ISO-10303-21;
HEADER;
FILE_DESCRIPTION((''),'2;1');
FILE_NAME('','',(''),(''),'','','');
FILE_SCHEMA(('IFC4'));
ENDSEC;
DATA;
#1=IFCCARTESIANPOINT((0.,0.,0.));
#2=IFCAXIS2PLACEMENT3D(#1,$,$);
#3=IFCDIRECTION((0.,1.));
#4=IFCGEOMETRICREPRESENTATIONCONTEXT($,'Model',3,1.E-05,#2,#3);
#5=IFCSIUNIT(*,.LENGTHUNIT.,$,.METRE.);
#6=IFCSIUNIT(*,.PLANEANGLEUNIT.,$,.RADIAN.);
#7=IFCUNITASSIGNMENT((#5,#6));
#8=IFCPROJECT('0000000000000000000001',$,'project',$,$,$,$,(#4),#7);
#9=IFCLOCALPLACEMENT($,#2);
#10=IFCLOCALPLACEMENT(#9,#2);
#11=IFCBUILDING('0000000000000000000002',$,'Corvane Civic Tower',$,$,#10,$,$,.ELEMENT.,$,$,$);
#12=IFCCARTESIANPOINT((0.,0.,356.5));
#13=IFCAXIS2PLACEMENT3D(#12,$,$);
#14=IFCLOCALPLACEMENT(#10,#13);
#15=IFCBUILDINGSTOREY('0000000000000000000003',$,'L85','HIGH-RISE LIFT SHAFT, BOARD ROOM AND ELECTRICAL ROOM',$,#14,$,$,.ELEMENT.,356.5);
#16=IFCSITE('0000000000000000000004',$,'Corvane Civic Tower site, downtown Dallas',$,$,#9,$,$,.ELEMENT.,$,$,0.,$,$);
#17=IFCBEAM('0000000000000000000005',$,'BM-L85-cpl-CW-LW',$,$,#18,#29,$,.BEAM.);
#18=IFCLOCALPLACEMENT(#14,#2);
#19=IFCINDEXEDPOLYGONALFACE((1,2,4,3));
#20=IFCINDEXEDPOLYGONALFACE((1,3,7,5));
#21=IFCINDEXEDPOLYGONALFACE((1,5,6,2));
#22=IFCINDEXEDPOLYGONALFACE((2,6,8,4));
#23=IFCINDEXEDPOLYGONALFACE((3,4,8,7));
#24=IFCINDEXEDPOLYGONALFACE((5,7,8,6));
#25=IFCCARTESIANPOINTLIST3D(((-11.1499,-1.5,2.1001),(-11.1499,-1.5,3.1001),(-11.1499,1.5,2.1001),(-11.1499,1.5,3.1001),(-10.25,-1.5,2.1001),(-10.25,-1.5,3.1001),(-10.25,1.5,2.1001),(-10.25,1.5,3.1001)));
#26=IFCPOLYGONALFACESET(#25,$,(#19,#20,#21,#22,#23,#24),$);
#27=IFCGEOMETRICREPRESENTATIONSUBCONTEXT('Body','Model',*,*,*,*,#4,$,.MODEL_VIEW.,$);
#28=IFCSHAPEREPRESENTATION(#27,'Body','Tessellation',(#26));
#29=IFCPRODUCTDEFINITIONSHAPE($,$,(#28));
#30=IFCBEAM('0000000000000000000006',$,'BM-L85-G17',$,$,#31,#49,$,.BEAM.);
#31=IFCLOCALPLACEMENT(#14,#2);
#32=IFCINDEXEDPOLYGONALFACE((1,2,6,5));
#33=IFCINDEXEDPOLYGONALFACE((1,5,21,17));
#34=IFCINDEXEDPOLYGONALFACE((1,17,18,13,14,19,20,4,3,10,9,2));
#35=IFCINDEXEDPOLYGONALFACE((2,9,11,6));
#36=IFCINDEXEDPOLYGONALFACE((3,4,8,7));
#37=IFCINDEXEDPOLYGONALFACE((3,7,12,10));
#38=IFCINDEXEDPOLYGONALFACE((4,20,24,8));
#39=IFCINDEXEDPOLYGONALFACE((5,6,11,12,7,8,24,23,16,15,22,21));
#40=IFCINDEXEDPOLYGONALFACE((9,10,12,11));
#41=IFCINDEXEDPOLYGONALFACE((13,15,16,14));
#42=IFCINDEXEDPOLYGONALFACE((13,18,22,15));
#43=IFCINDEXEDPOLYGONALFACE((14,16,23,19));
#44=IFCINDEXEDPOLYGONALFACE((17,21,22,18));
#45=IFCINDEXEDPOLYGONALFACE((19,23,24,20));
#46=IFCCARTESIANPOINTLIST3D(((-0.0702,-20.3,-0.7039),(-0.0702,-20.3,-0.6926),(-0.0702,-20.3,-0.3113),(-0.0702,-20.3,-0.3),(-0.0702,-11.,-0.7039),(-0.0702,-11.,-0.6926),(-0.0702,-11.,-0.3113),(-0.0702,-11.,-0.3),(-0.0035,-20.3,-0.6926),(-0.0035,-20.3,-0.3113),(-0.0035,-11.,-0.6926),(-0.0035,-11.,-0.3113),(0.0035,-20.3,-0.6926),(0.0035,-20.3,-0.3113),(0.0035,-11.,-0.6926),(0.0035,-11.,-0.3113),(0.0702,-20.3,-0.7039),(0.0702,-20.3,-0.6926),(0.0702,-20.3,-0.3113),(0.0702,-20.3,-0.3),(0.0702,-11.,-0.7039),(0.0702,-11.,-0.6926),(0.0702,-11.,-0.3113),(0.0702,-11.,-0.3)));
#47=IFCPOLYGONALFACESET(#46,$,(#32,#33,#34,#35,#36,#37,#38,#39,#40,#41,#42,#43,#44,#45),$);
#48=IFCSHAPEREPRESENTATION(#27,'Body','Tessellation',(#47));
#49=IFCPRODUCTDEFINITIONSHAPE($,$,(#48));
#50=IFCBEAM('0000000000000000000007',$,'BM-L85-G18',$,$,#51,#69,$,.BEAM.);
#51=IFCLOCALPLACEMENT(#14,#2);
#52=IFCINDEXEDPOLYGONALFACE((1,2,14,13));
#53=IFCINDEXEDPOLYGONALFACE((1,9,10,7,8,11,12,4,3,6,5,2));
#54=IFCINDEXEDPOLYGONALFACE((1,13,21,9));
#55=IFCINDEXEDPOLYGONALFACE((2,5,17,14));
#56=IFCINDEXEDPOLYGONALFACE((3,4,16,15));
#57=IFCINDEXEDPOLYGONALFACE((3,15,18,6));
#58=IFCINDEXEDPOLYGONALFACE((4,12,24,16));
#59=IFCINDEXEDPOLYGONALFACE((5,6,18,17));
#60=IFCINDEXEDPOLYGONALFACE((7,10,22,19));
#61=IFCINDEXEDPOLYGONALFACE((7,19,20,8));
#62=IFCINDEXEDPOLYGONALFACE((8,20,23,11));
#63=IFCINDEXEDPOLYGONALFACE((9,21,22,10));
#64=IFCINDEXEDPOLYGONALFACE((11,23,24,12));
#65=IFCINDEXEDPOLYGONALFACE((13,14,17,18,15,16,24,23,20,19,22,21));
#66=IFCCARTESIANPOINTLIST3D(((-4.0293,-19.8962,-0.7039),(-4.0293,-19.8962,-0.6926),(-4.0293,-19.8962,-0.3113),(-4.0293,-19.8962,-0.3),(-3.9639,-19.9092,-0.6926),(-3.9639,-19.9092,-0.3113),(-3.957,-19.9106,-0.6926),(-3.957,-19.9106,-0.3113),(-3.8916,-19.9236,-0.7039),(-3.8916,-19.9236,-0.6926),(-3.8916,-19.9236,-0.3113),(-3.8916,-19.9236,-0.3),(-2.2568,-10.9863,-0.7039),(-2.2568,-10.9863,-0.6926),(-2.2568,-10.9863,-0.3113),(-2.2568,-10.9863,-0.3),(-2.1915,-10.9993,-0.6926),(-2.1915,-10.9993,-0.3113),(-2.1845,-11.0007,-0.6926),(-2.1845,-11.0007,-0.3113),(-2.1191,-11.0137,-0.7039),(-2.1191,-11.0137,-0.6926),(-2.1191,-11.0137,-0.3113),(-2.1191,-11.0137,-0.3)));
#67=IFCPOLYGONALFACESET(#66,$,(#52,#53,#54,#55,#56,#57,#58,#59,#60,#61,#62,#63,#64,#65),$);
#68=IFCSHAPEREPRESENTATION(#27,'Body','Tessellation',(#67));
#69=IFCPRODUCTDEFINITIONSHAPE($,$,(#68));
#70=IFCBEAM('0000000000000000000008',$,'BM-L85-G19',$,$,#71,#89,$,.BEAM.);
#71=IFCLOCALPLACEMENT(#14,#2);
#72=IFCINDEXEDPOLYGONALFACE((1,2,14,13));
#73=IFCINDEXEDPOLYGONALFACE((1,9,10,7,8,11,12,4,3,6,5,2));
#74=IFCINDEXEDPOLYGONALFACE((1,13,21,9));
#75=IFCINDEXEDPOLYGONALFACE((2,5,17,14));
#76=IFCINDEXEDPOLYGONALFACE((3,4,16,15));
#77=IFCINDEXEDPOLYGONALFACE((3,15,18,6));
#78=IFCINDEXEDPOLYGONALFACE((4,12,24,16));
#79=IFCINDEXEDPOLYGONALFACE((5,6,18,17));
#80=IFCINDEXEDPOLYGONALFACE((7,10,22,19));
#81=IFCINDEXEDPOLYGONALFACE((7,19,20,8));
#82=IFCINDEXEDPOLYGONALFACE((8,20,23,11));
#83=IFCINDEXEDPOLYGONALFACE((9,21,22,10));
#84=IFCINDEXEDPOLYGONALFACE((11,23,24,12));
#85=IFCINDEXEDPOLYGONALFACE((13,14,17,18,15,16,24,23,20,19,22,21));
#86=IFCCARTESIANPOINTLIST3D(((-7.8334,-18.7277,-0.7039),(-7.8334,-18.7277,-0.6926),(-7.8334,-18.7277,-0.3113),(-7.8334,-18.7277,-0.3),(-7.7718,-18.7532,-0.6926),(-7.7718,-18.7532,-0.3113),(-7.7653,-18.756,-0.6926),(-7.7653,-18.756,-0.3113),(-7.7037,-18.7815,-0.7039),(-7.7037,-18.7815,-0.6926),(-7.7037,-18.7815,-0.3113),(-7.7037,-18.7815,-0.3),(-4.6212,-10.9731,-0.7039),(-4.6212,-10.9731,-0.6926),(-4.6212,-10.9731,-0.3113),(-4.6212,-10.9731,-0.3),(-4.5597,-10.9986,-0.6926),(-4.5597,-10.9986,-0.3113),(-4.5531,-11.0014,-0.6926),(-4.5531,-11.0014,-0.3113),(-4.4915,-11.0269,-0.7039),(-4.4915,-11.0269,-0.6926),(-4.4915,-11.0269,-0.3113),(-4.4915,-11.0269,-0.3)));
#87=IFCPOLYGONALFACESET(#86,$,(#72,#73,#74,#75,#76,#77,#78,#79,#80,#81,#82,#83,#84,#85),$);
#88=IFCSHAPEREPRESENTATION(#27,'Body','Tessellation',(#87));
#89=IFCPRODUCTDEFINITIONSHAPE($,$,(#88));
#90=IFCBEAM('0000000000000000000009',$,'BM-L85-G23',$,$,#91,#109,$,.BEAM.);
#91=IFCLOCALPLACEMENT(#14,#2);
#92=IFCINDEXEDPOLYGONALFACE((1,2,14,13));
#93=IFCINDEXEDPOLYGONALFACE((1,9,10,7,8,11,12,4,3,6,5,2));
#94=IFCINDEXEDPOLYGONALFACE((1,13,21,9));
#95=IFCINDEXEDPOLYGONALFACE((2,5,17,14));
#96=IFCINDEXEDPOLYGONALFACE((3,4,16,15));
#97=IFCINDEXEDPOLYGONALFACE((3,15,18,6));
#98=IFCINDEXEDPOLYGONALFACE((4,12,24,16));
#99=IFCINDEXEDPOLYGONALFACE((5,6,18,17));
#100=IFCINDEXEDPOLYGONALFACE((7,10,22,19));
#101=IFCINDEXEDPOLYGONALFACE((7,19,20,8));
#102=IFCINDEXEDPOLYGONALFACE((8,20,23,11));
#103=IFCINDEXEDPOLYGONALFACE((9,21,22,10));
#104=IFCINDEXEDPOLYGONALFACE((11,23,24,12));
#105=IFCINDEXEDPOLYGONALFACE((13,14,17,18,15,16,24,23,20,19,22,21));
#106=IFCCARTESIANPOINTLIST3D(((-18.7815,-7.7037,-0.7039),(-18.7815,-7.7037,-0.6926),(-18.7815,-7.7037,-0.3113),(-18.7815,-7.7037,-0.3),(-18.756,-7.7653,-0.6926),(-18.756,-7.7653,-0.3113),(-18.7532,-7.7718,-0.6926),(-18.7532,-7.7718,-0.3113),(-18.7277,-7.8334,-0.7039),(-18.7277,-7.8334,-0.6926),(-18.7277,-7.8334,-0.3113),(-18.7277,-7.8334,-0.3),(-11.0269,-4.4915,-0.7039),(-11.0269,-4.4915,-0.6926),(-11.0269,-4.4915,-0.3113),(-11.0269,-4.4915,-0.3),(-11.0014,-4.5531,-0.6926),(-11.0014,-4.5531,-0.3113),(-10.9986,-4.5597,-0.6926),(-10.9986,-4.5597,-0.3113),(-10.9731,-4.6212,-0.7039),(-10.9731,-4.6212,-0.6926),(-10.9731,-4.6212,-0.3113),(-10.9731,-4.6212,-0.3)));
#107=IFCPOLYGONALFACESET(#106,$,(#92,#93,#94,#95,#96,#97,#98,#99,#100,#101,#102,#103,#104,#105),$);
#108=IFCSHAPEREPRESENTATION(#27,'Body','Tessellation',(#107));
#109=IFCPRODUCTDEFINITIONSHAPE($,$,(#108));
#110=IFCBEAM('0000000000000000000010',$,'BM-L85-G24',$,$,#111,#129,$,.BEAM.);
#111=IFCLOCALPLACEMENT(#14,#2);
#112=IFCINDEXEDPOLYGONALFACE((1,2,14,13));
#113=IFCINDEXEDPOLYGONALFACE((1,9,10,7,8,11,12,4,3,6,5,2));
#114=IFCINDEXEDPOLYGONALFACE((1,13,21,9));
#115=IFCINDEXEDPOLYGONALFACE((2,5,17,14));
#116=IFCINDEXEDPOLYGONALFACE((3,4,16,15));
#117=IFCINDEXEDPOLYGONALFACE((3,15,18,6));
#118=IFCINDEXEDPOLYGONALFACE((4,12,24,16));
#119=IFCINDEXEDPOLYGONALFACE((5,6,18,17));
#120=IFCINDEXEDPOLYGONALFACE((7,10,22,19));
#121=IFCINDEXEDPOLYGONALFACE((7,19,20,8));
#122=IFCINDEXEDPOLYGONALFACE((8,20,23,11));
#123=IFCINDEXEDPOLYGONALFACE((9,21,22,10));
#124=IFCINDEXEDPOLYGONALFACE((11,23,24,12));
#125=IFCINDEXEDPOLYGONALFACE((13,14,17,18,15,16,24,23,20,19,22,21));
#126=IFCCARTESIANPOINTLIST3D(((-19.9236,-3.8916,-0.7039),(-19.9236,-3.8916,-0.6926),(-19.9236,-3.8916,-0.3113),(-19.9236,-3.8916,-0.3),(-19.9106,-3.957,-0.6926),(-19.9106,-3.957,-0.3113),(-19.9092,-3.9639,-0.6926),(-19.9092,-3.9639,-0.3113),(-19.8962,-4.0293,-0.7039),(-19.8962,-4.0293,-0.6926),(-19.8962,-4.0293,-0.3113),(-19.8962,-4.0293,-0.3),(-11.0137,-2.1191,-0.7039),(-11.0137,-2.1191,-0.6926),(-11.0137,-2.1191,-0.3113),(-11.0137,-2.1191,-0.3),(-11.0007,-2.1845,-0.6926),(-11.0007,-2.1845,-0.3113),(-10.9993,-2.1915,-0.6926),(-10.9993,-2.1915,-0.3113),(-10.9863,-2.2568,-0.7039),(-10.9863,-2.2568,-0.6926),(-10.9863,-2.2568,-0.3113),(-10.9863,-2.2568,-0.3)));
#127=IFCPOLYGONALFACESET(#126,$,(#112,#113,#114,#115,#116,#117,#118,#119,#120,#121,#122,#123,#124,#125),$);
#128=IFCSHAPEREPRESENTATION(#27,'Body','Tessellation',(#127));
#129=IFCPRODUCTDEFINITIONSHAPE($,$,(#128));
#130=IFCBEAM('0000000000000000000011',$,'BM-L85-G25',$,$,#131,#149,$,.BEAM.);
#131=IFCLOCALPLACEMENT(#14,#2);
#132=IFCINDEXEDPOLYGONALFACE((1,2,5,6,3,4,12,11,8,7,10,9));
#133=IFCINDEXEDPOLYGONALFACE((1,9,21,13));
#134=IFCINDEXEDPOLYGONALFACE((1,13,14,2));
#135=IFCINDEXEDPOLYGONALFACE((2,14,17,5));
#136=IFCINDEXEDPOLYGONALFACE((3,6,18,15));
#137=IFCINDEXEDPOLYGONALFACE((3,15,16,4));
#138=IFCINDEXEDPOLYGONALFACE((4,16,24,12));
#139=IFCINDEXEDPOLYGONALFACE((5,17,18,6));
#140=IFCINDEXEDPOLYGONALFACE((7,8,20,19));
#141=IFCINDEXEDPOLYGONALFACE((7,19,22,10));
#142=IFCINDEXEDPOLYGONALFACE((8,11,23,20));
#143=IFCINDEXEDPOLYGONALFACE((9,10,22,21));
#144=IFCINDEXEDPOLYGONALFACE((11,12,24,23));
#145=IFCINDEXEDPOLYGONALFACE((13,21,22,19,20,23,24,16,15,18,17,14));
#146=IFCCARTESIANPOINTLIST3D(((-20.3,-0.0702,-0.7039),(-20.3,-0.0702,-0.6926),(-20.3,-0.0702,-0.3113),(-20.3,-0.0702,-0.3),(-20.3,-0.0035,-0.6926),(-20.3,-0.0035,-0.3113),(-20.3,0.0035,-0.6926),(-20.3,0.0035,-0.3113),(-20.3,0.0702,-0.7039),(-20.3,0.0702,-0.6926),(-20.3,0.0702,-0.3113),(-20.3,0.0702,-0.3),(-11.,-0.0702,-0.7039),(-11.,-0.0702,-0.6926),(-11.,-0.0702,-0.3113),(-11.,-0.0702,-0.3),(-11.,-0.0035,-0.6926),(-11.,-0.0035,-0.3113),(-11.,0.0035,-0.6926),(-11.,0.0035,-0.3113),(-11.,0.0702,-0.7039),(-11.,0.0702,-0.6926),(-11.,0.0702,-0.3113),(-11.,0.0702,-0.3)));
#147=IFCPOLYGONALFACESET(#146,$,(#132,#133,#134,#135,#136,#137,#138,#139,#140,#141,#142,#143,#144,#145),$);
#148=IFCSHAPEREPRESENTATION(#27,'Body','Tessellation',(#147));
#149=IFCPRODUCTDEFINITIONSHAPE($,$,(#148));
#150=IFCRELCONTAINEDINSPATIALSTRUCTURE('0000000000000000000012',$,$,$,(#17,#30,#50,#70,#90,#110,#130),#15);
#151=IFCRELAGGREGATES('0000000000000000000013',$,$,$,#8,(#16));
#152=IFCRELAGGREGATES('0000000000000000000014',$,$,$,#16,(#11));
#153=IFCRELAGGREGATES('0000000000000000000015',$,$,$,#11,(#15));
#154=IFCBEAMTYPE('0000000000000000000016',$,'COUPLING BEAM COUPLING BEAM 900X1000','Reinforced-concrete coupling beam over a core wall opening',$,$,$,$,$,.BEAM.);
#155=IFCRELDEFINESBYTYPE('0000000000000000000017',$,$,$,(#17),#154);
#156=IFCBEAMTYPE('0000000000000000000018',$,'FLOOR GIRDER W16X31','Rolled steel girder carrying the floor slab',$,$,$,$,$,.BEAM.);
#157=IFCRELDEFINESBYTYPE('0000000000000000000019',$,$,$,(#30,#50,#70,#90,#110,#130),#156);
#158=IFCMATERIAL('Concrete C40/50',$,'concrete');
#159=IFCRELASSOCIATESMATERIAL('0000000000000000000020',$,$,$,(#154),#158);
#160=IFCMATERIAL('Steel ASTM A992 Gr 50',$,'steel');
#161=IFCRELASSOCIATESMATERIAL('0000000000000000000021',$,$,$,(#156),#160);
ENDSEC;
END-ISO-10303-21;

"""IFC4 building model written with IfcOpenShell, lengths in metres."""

from ifc_helpers import new_model, si_unit, direction, frame, origin, origin_2d, place, context, subcontext, project, spatial, rectangle, i_section, extrude, material, material_profile, profile_set, type_object, element, save


model = new_model("IFC4")

# Units and contexts
model_context = context("Model", 3, precision=1e-05, world=origin(), true_north=direction((0.0, 1.0)))
body_context = subcontext(model_context, "Body", "Model", "MODEL_VIEW")
ifc_project = project(units=[si_unit("LENGTHUNIT", "METRE"), si_unit("PLANEANGLEUNIT", "RADIAN")], contexts=[model_context])

# Site, building, storey
site_placement = place(None, origin())
site = spatial("IfcSite", under=ifc_project, at=site_placement, Name="Corvane Civic Tower site, downtown Dallas", CompositionType="ELEMENT", RefElevation=0.0)
building_placement = place(site_placement, origin())
building = spatial("IfcBuilding", under=site, at=building_placement, Name="Corvane Civic Tower", CompositionType="ELEMENT")
storey_placement = place(building_placement, frame((0.0, 0.0, 356.5)))
storey = spatial("IfcBuildingStorey", under=building, at=storey_placement, Name="L85", Description="HIGH-RISE LIFT SHAFT, BOARD ROOM AND ELECTRICAL ROOM", CompositionType="ELEMENT", Elevation=356.5)

# Beams
ifc_material_1 = material(Name="Concrete C40/50", Category="concrete")
ifc_material_profile_1 = material_profile(ifc_material_1, rectangle(XDim=0.8999, YDim=1.0, at=origin_2d()), Name="COUPLING BEAM 900X1000")
ifc_profile_set_1 = profile_set([ifc_material_profile_1], Name="Concrete C40/50")
beam_type_1 = type_object("IfcBeamType", Name="COUPLING BEAM COUPLING BEAM 900X1000", Description="Reinforced-concrete coupling beam over a core wall opening", PredefinedType="BEAM", material=ifc_profile_set_1)
beam_1_placement = place(storey_placement, frame((-10.7, -1.5, 2.6001), z_axis=(0.0, 1.0, 0.0), x_axis=(-1.0, 0.0, 0.0)))
element("IfcBeam", 1, at=beam_1_placement, inside=storey, type_object=beam_type_1, Name="BM-L85-cpl-CW-LW", PredefinedType="BEAM", context=body_context, shape_type="SweptSolid", body=[
    extrude(rectangle(XDim=0.8999, YDim=1.0, at=origin_2d()), origin(), (0.0, 0.0, 1.0), 3.0),
])
ifc_material_2 = material(Name="Steel ASTM A992 Gr 50", Category="steel")
ifc_material_profile_2 = material_profile(ifc_material_2, i_section(OverallWidth=0.1404, OverallDepth=0.4038, WebThickness=0.0071, FlangeThickness=0.0112, at=origin_2d()), Name="W16X31")
ifc_profile_set_2 = profile_set([ifc_material_profile_2], Name="Steel ASTM A992 Gr 50")
beam_type_2 = type_object("IfcBeamType", Name="FLOOR GIRDER W16X31", Description="Rolled steel girder carrying the floor slab", PredefinedType="BEAM", material=ifc_profile_set_2)
beam_2_placement = place(storey_placement, frame((0.0, -11.0, -0.502), z_axis=(0.0, -1.0, 0.0), x_axis=(1.0, 0.0, 0.0)))
element("IfcBeam", 2, at=beam_2_placement, inside=storey, type_object=beam_type_2, Name="BM-L85-G17", PredefinedType="BEAM", context=body_context, shape_type="SweptSolid", body=[
    extrude(i_section(OverallWidth=0.1404, OverallDepth=0.4038, WebThickness=0.0071, FlangeThickness=0.0112, at=origin_2d()), origin(), (0.0, 0.0, 1.0), 9.3),
])
beam_3_placement = place(storey_placement, frame((-2.188, -11.0, -0.502), z_axis=(-0.195108, -0.980782, 0.0), x_axis=(0.980782, -0.195108, 0.0)))
element("IfcBeam", 3, at=beam_3_placement, inside=storey, type_object=beam_type_2, Name="BM-L85-G18", PredefinedType="BEAM", context=body_context, shape_type="SweptSolid", body=[
    extrude(i_section(OverallWidth=0.1404, OverallDepth=0.4038, WebThickness=0.0071, FlangeThickness=0.0112, at=origin_2d()), origin(), (0.0, 0.0, 1.0), 9.0845),
])
for number, where, z_axis, x_axis, name in (
    (4, (-4.5564, -11.0, -0.502), (-0.382692, -0.923876, 0.0), (0.923876, -0.382692, 0.0), "BM-L85-G19"),
    (5, (-11.0, -4.5564, -0.502), (-0.923876, -0.382692, 0.0), (0.382692, -0.923876, 0.0), "BM-L85-G23"),
):
    element("IfcBeam", number, at=place(storey_placement, frame(where, z_axis=z_axis, x_axis=x_axis)), inside=storey, type_object=beam_type_2, Name=name, PredefinedType="BEAM", context=body_context, shape_type="SweptSolid", body=[
        extrude(i_section(OverallWidth=0.1404, OverallDepth=0.4038, WebThickness=0.0071, FlangeThickness=0.0112, at=origin_2d()), origin(), (0.0, 0.0, 1.0), 8.3936),
    ])
beam_4_placement = place(storey_placement, frame((-11.0, -2.188, -0.502), z_axis=(-0.980782, -0.195108, 0.0), x_axis=(0.195108, -0.980782, 0.0)))
element("IfcBeam", 6, at=beam_4_placement, inside=storey, type_object=beam_type_2, Name="BM-L85-G24", PredefinedType="BEAM", context=body_context, shape_type="SweptSolid", body=[
    extrude(i_section(OverallWidth=0.1404, OverallDepth=0.4038, WebThickness=0.0071, FlangeThickness=0.0112, at=origin_2d()), origin(), (0.0, 0.0, 1.0), 9.0845),
])
beam_5_placement = place(storey_placement, frame((-11.0, 0.0, -0.502), z_axis=(-1.0, 0.0, 0.0), x_axis=(0.0, -1.0, 0.0)))
element("IfcBeam", 7, at=beam_5_placement, inside=storey, type_object=beam_type_2, Name="BM-L85-G25", PredefinedType="BEAM", context=body_context, shape_type="SweptSolid", body=[
    extrude(i_section(OverallWidth=0.1404, OverallDepth=0.4038, WebThickness=0.0071, FlangeThickness=0.0112, at=origin_2d()), origin(), (0.0, 0.0, 1.0), 9.3),
])

save(model, "model.ifc")
